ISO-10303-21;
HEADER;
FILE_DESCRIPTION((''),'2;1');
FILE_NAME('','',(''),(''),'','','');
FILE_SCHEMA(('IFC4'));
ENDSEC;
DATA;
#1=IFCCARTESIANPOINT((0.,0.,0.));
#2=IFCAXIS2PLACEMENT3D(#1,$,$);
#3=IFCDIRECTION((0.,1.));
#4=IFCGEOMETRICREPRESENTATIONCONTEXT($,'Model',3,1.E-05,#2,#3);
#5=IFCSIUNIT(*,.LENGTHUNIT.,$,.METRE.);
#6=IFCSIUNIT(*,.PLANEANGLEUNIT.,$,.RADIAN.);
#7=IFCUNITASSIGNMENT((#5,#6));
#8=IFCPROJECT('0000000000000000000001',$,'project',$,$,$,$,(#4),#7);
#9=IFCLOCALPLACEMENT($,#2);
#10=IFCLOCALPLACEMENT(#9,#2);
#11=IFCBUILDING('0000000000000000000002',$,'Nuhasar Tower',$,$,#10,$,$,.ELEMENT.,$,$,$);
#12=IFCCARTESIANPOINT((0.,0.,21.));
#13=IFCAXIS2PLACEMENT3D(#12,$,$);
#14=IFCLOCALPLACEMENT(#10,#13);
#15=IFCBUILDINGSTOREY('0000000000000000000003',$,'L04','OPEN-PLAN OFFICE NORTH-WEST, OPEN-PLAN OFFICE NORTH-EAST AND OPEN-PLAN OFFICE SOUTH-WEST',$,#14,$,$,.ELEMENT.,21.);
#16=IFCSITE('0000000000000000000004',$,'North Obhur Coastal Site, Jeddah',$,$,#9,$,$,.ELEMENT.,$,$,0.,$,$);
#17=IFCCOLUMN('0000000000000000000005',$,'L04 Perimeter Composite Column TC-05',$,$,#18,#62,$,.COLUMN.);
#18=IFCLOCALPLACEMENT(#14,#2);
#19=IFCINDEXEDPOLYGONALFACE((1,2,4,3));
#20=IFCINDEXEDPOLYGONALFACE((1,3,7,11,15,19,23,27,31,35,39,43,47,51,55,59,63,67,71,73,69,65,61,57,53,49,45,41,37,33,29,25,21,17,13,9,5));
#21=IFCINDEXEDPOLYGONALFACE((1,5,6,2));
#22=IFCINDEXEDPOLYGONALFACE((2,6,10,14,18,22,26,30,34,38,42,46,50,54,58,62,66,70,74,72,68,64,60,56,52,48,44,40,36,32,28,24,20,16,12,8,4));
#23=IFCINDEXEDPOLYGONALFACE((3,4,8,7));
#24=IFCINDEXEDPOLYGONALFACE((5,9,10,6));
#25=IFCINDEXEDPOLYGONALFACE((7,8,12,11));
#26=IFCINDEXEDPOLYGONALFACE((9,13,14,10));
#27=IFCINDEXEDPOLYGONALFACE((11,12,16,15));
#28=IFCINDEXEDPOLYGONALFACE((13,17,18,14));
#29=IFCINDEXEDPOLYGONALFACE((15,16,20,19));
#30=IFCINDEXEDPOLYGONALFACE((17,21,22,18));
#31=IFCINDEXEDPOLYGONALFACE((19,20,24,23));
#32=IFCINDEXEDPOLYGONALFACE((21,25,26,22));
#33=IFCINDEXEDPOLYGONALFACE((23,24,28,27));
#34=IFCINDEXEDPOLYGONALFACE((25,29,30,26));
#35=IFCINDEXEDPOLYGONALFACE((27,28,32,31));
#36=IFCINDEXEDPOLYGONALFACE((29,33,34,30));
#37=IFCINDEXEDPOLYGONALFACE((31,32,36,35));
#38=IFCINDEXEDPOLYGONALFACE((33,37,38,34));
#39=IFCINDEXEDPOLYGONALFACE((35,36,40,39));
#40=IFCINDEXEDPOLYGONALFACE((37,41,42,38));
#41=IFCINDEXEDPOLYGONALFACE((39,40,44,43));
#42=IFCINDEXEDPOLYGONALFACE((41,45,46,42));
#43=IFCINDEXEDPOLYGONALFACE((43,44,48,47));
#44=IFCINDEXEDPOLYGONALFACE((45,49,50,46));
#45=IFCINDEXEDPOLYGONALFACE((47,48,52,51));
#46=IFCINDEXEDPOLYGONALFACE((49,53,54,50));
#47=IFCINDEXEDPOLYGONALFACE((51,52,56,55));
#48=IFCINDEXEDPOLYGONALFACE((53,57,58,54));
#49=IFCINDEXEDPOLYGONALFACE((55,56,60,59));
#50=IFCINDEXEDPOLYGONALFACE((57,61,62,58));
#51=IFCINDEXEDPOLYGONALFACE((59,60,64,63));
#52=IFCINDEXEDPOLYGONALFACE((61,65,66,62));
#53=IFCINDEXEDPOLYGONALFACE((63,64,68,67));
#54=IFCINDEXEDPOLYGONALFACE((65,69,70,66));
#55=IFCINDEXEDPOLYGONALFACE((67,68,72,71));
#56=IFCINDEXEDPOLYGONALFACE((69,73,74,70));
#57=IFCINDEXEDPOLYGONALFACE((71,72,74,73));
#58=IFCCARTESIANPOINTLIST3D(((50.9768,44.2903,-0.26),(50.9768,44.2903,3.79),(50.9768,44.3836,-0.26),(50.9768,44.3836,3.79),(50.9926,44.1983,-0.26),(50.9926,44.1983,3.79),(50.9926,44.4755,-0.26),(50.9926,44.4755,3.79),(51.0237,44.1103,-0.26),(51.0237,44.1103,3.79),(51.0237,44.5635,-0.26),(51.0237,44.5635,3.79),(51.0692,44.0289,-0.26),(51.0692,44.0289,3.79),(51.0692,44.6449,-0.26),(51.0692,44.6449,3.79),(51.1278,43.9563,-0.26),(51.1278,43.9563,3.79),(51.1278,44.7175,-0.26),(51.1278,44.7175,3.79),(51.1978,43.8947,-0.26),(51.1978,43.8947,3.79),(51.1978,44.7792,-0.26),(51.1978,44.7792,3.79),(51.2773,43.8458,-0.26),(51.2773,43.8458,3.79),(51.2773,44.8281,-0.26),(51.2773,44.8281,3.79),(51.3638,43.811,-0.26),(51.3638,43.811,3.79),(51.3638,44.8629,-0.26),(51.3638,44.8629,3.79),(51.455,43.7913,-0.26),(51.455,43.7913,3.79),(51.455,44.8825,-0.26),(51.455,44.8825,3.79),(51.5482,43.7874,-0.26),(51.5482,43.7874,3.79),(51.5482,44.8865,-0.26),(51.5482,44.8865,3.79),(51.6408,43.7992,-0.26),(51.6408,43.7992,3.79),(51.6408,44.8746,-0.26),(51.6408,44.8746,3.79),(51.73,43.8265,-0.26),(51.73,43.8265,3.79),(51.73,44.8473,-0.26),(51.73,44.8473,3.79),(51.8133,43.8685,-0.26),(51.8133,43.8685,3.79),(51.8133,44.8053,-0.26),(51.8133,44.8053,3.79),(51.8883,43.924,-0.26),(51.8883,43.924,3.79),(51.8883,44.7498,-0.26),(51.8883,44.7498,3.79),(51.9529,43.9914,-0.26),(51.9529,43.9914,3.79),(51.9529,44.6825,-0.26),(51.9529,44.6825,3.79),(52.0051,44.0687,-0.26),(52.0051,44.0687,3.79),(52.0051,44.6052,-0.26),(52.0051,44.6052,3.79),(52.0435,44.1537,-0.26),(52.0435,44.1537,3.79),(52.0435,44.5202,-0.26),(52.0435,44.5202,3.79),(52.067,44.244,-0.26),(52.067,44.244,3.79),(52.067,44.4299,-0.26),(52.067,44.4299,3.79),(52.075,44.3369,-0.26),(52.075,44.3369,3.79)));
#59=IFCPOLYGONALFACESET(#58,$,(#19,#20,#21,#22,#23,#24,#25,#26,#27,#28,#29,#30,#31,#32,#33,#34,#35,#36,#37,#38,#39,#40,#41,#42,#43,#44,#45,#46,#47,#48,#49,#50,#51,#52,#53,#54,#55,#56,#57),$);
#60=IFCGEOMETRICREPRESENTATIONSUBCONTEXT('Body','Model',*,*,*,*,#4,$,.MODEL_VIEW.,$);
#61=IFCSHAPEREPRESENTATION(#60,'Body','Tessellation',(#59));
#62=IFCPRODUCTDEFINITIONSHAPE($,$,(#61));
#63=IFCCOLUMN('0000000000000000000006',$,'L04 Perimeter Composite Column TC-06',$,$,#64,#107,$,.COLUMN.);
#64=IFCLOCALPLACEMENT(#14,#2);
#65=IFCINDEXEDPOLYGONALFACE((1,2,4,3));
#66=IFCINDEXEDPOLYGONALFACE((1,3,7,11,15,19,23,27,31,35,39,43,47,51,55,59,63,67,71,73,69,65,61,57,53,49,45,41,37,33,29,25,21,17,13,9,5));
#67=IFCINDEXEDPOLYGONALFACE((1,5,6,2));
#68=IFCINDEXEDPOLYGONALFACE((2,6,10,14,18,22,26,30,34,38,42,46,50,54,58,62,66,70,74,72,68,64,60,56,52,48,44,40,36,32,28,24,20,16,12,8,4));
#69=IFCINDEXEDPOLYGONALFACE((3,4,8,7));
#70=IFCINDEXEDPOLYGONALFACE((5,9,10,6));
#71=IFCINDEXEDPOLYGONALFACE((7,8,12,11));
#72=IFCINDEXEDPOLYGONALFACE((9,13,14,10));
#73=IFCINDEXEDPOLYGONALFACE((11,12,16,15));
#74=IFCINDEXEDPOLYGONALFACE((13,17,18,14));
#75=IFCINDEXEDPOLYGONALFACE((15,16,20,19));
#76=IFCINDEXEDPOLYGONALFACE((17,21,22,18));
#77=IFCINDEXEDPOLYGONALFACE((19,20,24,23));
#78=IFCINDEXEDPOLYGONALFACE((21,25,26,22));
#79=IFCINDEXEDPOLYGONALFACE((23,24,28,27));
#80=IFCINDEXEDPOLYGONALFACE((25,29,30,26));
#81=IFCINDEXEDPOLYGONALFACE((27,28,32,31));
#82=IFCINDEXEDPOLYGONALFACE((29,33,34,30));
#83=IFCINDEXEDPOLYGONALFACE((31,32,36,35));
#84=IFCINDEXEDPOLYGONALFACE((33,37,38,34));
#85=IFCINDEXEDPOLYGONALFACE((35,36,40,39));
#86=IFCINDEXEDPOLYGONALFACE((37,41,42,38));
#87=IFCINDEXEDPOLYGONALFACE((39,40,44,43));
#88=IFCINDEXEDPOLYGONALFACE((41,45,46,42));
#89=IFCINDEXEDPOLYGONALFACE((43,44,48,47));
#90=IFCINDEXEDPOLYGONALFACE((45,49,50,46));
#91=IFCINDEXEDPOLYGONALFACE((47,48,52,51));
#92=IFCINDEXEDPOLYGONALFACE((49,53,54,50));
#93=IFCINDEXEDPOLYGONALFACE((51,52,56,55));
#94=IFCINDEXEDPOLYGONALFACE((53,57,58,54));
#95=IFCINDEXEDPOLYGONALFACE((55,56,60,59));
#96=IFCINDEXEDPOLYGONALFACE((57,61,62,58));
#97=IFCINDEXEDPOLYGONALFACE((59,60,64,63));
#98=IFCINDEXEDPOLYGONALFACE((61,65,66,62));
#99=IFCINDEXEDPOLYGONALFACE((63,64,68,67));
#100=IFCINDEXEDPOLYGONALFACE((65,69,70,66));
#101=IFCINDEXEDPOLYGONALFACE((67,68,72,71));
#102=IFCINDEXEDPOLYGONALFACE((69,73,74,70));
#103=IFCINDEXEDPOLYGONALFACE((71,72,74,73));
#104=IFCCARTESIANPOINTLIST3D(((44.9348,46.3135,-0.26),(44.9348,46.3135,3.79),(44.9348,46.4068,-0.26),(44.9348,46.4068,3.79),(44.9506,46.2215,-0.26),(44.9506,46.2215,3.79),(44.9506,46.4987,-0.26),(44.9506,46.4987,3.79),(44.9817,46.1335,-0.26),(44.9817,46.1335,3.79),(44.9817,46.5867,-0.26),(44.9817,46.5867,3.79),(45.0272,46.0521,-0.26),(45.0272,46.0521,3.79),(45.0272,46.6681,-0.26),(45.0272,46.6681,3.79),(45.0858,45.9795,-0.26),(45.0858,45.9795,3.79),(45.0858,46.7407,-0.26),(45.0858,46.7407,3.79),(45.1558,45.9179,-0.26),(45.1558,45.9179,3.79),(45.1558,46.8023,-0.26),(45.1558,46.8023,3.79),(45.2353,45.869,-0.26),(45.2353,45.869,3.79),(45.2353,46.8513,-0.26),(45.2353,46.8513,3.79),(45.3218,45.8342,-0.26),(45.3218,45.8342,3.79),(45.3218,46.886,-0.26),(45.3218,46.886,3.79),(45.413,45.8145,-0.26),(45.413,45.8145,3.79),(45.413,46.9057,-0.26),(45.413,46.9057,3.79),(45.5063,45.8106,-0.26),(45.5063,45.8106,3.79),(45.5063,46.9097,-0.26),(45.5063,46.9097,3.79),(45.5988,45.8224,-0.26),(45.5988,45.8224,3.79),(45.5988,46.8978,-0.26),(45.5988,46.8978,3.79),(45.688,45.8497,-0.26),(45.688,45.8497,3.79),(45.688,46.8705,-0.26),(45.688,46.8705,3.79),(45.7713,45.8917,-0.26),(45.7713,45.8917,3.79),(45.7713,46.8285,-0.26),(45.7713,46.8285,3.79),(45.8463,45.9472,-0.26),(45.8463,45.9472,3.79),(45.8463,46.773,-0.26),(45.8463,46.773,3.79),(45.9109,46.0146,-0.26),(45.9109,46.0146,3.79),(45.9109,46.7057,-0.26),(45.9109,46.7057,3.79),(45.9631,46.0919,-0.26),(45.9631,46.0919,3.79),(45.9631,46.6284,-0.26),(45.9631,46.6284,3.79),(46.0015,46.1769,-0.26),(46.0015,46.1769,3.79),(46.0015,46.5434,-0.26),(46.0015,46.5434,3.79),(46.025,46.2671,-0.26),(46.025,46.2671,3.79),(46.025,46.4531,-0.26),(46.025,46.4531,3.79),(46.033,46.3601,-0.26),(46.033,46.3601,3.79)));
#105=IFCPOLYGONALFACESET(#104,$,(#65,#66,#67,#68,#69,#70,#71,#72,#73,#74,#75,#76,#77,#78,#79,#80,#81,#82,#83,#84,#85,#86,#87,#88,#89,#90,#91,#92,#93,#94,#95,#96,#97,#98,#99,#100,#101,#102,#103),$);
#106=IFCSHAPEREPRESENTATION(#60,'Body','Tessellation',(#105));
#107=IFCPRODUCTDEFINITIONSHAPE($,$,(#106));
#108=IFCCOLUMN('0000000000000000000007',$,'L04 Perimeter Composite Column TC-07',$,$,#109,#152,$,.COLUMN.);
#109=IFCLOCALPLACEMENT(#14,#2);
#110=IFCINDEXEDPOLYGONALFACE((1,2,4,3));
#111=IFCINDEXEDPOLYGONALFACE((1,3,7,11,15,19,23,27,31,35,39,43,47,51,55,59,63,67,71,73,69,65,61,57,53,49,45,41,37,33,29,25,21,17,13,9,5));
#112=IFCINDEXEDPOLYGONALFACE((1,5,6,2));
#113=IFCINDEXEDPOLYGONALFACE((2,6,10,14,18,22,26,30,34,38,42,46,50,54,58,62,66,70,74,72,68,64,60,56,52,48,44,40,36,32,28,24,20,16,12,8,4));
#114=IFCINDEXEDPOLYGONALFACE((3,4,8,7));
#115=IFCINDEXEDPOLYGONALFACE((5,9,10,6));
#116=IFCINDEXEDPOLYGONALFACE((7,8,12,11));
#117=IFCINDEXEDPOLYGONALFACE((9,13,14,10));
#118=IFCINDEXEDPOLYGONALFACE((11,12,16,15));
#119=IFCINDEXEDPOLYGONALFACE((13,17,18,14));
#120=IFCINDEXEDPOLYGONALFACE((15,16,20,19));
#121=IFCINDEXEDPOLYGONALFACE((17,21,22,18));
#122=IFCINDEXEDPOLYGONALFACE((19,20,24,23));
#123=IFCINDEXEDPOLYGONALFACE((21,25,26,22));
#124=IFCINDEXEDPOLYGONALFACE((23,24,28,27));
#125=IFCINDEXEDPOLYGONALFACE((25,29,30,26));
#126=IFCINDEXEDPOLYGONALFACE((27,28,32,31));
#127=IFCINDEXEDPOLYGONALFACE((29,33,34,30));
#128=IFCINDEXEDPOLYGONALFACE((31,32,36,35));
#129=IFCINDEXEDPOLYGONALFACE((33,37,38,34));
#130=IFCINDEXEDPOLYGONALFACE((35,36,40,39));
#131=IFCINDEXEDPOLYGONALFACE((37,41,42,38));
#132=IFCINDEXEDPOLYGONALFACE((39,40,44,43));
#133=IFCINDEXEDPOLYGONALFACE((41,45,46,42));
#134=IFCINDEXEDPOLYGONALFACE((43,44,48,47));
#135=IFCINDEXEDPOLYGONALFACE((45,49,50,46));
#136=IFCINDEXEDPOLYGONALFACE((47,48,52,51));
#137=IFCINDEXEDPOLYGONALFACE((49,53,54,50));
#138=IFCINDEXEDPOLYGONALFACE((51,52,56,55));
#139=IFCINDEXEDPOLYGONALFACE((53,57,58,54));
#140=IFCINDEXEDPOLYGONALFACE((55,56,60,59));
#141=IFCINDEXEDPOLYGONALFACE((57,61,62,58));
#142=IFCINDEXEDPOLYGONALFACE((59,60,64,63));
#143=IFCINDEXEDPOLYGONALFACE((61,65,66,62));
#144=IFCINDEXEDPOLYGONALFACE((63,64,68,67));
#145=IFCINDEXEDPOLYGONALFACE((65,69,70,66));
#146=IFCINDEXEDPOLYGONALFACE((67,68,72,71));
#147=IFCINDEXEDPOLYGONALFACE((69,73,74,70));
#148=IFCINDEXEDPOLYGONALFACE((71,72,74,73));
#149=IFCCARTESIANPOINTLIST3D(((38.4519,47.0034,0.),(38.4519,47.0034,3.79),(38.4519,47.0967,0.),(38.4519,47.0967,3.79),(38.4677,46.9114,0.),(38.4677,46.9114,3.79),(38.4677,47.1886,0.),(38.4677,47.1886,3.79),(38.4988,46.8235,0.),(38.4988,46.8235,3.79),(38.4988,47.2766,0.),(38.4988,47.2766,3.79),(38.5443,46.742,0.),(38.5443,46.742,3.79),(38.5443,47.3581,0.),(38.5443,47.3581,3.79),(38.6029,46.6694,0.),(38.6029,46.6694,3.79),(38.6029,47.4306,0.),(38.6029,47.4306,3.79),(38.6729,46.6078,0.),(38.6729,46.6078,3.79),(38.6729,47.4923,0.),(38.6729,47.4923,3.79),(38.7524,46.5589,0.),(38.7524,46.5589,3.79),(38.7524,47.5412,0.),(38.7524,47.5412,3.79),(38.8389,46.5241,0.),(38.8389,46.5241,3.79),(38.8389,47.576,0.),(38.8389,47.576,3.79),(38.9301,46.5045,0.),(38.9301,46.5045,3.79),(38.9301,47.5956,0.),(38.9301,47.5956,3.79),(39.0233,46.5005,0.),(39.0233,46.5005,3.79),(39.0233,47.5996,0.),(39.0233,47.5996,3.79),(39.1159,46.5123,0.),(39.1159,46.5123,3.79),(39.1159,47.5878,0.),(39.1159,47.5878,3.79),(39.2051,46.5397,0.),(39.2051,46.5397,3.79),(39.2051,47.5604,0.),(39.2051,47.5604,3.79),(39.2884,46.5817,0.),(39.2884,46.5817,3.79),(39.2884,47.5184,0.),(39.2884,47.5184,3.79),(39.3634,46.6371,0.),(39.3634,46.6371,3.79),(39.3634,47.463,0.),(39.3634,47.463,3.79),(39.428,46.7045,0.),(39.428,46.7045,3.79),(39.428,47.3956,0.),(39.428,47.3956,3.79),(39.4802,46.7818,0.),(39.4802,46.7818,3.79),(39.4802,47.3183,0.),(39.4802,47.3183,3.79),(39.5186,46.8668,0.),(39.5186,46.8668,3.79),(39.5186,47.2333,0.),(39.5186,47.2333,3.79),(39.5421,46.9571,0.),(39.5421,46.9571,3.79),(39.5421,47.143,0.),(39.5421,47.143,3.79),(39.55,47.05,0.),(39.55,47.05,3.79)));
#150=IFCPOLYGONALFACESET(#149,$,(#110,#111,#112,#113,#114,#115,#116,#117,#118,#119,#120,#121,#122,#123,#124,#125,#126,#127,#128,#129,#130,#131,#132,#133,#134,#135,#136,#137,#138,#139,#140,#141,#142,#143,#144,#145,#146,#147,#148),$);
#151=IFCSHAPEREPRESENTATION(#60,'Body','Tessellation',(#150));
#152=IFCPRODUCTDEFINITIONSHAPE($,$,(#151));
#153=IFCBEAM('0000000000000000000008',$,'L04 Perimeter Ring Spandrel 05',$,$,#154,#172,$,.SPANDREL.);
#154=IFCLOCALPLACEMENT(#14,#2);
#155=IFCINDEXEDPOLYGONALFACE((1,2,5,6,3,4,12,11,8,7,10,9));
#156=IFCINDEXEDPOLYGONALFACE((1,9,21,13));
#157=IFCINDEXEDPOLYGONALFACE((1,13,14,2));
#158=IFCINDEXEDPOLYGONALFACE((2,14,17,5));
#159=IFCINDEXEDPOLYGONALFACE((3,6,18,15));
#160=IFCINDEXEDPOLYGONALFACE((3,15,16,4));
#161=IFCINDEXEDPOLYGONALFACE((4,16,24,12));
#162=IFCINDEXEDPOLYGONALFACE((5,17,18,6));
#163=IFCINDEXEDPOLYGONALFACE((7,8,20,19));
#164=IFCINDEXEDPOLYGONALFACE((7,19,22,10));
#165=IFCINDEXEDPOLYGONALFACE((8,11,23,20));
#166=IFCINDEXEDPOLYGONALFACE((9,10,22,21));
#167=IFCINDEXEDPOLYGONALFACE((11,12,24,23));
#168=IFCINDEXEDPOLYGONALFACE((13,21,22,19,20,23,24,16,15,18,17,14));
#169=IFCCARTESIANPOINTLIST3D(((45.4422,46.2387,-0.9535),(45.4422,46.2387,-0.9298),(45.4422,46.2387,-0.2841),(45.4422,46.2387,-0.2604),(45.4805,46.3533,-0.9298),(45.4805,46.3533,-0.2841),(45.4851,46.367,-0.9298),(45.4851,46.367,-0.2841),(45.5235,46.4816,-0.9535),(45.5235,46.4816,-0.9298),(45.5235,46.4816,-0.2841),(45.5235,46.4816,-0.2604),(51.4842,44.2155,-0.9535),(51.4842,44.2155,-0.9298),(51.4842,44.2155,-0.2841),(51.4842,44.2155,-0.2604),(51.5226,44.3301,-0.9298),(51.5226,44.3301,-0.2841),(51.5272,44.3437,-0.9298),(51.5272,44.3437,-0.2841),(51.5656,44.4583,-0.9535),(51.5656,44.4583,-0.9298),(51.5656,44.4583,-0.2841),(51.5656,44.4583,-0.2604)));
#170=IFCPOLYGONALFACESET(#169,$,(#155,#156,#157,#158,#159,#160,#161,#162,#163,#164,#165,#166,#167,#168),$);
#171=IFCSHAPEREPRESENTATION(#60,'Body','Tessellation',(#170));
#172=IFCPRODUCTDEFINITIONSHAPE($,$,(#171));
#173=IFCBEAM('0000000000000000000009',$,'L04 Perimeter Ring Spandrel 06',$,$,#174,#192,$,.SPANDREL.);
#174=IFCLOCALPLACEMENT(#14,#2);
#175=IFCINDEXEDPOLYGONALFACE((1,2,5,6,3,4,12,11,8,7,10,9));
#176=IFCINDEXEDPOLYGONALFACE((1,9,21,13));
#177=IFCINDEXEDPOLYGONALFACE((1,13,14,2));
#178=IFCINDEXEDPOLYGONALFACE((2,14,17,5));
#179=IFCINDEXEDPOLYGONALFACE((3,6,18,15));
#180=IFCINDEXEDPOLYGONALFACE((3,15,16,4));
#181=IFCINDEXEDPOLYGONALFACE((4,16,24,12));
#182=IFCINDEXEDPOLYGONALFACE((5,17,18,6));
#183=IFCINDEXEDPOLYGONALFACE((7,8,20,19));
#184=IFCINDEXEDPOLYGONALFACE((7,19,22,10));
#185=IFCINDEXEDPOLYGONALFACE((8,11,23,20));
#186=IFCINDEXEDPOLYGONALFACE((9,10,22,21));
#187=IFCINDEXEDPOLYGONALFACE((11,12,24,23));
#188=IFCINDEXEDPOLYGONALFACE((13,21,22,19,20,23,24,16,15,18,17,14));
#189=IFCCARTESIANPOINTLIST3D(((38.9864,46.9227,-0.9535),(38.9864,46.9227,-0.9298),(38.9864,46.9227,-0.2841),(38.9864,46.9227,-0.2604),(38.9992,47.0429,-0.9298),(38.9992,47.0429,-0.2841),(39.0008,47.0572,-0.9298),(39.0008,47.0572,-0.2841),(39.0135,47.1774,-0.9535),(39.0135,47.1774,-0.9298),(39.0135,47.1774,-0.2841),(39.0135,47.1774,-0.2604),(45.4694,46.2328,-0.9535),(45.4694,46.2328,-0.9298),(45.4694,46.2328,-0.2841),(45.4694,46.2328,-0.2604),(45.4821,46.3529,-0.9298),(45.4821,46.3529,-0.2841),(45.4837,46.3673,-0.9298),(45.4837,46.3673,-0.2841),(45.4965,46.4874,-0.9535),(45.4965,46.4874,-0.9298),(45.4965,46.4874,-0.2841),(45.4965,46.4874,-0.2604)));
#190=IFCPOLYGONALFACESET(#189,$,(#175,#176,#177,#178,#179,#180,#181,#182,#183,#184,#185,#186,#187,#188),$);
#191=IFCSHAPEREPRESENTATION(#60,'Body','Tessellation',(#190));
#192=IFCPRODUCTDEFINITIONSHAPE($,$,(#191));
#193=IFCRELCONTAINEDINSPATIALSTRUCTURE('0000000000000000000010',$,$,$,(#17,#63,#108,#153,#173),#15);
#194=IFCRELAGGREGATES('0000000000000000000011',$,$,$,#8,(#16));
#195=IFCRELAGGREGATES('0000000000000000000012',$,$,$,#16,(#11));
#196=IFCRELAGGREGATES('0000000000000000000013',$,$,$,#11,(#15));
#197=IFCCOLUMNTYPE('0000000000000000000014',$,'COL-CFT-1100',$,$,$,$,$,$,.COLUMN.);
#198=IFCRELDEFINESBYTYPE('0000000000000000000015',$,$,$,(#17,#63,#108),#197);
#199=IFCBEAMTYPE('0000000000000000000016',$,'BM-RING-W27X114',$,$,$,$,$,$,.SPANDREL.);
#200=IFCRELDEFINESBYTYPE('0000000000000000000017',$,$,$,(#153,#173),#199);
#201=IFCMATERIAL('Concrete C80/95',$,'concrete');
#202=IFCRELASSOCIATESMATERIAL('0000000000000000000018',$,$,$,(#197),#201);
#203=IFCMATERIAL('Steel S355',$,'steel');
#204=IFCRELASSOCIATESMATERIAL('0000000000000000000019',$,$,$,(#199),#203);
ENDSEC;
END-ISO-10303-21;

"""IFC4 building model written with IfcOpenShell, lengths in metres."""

from ifc_helpers import new_model, si_unit, direction, frame, origin, origin_2d, place, context, subcontext, project, spatial, circle, i_section, extrude, material, material_profile, profile_set, type_object, element, save


model = new_model("IFC4")

# Units and contexts
model_context = context("Model", 3, precision=1e-05, world=origin(), true_north=direction((0.0, 1.0)))
body_context = subcontext(model_context, "Body", "Model", "MODEL_VIEW")
ifc_project = project(units=[si_unit("LENGTHUNIT", "METRE"), si_unit("PLANEANGLEUNIT", "RADIAN")], contexts=[model_context])

# Site, building, storey
site_placement = place(None, origin())
site = spatial("IfcSite", under=ifc_project, at=site_placement, Name="North Obhur Coastal Site, Jeddah", CompositionType="ELEMENT", RefElevation=0.0)
building_placement = place(site_placement, origin())
building = spatial("IfcBuilding", under=site, at=building_placement, Name="Nuhasar Tower", CompositionType="ELEMENT")
storey_placement = place(building_placement, frame((0.0, 0.0, 21.0)))
storey = spatial("IfcBuildingStorey", under=building, at=storey_placement, Name="L04", Description="OPEN-PLAN OFFICE NORTH-WEST, OPEN-PLAN OFFICE NORTH-EAST AND OPEN-PLAN OFFICE SOUTH-WEST", CompositionType="ELEMENT", Elevation=21.0)

# Columns
ifc_material_1 = material(Name="Concrete C80/95", Category="concrete")
ifc_material_profile_1 = material_profile(ifc_material_1, circle(Radius=0.55, at=origin_2d()), Name="CFT1100")
ifc_profile_set_1 = profile_set([ifc_material_profile_1], Name="Concrete C80/95")
column_type = type_object("IfcColumnType", Name="COL-CFT-1100", PredefinedType="COLUMN", material=ifc_profile_set_1)
for number, where, z_axis, x_axis, name in (
    (1, (51.5249, 44.3369, -0.26), (0.0, 0.0, 1.0), (1.0, 0.0, 0.0), "L04 Perimeter Composite Column TC-05"),
    (2, (45.4829, 46.3601, -0.26), (0.0, 0.0, 1.0), (1.0, 0.0, 0.0), "L04 Perimeter Composite Column TC-06"),
):
    element("IfcColumn", number, at=place(storey_placement, frame(where, z_axis=z_axis, x_axis=x_axis)), inside=storey, type_object=column_type, Name=name, PredefinedType="COLUMN", context=body_context, shape_type="SweptSolid", body=[
        extrude(circle(Radius=0.55, at=origin_2d()), origin(), (0.0, 0.0, 1.0), 4.05),
    ])
column_placement = place(storey_placement, frame((39.0, 47.05, 0.0), z_axis=(0.0, 0.0, 1.0), x_axis=(1.0, 0.0, 0.0)))
element("IfcColumn", 3, at=column_placement, inside=storey, type_object=column_type, Name="L04 Perimeter Composite Column TC-07", PredefinedType="COLUMN", context=body_context, shape_type="SweptSolid", body=[
    extrude(circle(Radius=0.55, at=origin_2d()), origin(), (0.0, 0.0, 1.0), 3.79),
])

# Beams
ifc_material_2 = material(Name="Steel S355", Category="steel")
ifc_material_profile_2 = material_profile(ifc_material_2, i_section(OverallWidth=0.2561, OverallDepth=0.6931, WebThickness=0.0144, FlangeThickness=0.0237, at=origin_2d()), Name="W27X114")
ifc_profile_set_2 = profile_set([ifc_material_profile_2], Name="Steel S355")
beam_type_1 = type_object("IfcBeamType", Name="BM-RING-W27X114", PredefinedType="SPANDREL", material=ifc_profile_set_2)
beam_1_placement = place(storey_placement, frame((51.5249, 44.3369, -0.6069), z_axis=(-0.948249, 0.317526, 0.0), x_axis=(-0.317526, -0.948249, 0.0)))
element("IfcBeam", 4, at=beam_1_placement, inside=storey, type_object=beam_type_1, Name="L04 Perimeter Ring Spandrel 05", PredefinedType="SPANDREL", context=body_context, shape_type="SweptSolid", body=[
    extrude(i_section(OverallWidth=0.2561, OverallDepth=0.6931, WebThickness=0.0144, FlangeThickness=0.0237, at=origin_2d()), origin(), (0.0, 0.0, 1.0), 6.3718),
])
beam_2_placement = place(storey_placement, frame((45.4829, 46.3601, -0.6069), z_axis=(-0.994385, 0.105827, 0.0), x_axis=(-0.105827, -0.994385, 0.0)))
element("IfcBeam", 5, at=beam_2_placement, inside=storey, type_object=beam_type_1, Name="L04 Perimeter Ring Spandrel 06", PredefinedType="SPANDREL", context=body_context, shape_type="SweptSolid", body=[
    extrude(i_section(OverallWidth=0.2561, OverallDepth=0.6931, WebThickness=0.0144, FlangeThickness=0.0237, at=origin_2d()), origin(), (0.0, 0.0, 1.0), 6.5195),
])

save(model, "model.ifc")
